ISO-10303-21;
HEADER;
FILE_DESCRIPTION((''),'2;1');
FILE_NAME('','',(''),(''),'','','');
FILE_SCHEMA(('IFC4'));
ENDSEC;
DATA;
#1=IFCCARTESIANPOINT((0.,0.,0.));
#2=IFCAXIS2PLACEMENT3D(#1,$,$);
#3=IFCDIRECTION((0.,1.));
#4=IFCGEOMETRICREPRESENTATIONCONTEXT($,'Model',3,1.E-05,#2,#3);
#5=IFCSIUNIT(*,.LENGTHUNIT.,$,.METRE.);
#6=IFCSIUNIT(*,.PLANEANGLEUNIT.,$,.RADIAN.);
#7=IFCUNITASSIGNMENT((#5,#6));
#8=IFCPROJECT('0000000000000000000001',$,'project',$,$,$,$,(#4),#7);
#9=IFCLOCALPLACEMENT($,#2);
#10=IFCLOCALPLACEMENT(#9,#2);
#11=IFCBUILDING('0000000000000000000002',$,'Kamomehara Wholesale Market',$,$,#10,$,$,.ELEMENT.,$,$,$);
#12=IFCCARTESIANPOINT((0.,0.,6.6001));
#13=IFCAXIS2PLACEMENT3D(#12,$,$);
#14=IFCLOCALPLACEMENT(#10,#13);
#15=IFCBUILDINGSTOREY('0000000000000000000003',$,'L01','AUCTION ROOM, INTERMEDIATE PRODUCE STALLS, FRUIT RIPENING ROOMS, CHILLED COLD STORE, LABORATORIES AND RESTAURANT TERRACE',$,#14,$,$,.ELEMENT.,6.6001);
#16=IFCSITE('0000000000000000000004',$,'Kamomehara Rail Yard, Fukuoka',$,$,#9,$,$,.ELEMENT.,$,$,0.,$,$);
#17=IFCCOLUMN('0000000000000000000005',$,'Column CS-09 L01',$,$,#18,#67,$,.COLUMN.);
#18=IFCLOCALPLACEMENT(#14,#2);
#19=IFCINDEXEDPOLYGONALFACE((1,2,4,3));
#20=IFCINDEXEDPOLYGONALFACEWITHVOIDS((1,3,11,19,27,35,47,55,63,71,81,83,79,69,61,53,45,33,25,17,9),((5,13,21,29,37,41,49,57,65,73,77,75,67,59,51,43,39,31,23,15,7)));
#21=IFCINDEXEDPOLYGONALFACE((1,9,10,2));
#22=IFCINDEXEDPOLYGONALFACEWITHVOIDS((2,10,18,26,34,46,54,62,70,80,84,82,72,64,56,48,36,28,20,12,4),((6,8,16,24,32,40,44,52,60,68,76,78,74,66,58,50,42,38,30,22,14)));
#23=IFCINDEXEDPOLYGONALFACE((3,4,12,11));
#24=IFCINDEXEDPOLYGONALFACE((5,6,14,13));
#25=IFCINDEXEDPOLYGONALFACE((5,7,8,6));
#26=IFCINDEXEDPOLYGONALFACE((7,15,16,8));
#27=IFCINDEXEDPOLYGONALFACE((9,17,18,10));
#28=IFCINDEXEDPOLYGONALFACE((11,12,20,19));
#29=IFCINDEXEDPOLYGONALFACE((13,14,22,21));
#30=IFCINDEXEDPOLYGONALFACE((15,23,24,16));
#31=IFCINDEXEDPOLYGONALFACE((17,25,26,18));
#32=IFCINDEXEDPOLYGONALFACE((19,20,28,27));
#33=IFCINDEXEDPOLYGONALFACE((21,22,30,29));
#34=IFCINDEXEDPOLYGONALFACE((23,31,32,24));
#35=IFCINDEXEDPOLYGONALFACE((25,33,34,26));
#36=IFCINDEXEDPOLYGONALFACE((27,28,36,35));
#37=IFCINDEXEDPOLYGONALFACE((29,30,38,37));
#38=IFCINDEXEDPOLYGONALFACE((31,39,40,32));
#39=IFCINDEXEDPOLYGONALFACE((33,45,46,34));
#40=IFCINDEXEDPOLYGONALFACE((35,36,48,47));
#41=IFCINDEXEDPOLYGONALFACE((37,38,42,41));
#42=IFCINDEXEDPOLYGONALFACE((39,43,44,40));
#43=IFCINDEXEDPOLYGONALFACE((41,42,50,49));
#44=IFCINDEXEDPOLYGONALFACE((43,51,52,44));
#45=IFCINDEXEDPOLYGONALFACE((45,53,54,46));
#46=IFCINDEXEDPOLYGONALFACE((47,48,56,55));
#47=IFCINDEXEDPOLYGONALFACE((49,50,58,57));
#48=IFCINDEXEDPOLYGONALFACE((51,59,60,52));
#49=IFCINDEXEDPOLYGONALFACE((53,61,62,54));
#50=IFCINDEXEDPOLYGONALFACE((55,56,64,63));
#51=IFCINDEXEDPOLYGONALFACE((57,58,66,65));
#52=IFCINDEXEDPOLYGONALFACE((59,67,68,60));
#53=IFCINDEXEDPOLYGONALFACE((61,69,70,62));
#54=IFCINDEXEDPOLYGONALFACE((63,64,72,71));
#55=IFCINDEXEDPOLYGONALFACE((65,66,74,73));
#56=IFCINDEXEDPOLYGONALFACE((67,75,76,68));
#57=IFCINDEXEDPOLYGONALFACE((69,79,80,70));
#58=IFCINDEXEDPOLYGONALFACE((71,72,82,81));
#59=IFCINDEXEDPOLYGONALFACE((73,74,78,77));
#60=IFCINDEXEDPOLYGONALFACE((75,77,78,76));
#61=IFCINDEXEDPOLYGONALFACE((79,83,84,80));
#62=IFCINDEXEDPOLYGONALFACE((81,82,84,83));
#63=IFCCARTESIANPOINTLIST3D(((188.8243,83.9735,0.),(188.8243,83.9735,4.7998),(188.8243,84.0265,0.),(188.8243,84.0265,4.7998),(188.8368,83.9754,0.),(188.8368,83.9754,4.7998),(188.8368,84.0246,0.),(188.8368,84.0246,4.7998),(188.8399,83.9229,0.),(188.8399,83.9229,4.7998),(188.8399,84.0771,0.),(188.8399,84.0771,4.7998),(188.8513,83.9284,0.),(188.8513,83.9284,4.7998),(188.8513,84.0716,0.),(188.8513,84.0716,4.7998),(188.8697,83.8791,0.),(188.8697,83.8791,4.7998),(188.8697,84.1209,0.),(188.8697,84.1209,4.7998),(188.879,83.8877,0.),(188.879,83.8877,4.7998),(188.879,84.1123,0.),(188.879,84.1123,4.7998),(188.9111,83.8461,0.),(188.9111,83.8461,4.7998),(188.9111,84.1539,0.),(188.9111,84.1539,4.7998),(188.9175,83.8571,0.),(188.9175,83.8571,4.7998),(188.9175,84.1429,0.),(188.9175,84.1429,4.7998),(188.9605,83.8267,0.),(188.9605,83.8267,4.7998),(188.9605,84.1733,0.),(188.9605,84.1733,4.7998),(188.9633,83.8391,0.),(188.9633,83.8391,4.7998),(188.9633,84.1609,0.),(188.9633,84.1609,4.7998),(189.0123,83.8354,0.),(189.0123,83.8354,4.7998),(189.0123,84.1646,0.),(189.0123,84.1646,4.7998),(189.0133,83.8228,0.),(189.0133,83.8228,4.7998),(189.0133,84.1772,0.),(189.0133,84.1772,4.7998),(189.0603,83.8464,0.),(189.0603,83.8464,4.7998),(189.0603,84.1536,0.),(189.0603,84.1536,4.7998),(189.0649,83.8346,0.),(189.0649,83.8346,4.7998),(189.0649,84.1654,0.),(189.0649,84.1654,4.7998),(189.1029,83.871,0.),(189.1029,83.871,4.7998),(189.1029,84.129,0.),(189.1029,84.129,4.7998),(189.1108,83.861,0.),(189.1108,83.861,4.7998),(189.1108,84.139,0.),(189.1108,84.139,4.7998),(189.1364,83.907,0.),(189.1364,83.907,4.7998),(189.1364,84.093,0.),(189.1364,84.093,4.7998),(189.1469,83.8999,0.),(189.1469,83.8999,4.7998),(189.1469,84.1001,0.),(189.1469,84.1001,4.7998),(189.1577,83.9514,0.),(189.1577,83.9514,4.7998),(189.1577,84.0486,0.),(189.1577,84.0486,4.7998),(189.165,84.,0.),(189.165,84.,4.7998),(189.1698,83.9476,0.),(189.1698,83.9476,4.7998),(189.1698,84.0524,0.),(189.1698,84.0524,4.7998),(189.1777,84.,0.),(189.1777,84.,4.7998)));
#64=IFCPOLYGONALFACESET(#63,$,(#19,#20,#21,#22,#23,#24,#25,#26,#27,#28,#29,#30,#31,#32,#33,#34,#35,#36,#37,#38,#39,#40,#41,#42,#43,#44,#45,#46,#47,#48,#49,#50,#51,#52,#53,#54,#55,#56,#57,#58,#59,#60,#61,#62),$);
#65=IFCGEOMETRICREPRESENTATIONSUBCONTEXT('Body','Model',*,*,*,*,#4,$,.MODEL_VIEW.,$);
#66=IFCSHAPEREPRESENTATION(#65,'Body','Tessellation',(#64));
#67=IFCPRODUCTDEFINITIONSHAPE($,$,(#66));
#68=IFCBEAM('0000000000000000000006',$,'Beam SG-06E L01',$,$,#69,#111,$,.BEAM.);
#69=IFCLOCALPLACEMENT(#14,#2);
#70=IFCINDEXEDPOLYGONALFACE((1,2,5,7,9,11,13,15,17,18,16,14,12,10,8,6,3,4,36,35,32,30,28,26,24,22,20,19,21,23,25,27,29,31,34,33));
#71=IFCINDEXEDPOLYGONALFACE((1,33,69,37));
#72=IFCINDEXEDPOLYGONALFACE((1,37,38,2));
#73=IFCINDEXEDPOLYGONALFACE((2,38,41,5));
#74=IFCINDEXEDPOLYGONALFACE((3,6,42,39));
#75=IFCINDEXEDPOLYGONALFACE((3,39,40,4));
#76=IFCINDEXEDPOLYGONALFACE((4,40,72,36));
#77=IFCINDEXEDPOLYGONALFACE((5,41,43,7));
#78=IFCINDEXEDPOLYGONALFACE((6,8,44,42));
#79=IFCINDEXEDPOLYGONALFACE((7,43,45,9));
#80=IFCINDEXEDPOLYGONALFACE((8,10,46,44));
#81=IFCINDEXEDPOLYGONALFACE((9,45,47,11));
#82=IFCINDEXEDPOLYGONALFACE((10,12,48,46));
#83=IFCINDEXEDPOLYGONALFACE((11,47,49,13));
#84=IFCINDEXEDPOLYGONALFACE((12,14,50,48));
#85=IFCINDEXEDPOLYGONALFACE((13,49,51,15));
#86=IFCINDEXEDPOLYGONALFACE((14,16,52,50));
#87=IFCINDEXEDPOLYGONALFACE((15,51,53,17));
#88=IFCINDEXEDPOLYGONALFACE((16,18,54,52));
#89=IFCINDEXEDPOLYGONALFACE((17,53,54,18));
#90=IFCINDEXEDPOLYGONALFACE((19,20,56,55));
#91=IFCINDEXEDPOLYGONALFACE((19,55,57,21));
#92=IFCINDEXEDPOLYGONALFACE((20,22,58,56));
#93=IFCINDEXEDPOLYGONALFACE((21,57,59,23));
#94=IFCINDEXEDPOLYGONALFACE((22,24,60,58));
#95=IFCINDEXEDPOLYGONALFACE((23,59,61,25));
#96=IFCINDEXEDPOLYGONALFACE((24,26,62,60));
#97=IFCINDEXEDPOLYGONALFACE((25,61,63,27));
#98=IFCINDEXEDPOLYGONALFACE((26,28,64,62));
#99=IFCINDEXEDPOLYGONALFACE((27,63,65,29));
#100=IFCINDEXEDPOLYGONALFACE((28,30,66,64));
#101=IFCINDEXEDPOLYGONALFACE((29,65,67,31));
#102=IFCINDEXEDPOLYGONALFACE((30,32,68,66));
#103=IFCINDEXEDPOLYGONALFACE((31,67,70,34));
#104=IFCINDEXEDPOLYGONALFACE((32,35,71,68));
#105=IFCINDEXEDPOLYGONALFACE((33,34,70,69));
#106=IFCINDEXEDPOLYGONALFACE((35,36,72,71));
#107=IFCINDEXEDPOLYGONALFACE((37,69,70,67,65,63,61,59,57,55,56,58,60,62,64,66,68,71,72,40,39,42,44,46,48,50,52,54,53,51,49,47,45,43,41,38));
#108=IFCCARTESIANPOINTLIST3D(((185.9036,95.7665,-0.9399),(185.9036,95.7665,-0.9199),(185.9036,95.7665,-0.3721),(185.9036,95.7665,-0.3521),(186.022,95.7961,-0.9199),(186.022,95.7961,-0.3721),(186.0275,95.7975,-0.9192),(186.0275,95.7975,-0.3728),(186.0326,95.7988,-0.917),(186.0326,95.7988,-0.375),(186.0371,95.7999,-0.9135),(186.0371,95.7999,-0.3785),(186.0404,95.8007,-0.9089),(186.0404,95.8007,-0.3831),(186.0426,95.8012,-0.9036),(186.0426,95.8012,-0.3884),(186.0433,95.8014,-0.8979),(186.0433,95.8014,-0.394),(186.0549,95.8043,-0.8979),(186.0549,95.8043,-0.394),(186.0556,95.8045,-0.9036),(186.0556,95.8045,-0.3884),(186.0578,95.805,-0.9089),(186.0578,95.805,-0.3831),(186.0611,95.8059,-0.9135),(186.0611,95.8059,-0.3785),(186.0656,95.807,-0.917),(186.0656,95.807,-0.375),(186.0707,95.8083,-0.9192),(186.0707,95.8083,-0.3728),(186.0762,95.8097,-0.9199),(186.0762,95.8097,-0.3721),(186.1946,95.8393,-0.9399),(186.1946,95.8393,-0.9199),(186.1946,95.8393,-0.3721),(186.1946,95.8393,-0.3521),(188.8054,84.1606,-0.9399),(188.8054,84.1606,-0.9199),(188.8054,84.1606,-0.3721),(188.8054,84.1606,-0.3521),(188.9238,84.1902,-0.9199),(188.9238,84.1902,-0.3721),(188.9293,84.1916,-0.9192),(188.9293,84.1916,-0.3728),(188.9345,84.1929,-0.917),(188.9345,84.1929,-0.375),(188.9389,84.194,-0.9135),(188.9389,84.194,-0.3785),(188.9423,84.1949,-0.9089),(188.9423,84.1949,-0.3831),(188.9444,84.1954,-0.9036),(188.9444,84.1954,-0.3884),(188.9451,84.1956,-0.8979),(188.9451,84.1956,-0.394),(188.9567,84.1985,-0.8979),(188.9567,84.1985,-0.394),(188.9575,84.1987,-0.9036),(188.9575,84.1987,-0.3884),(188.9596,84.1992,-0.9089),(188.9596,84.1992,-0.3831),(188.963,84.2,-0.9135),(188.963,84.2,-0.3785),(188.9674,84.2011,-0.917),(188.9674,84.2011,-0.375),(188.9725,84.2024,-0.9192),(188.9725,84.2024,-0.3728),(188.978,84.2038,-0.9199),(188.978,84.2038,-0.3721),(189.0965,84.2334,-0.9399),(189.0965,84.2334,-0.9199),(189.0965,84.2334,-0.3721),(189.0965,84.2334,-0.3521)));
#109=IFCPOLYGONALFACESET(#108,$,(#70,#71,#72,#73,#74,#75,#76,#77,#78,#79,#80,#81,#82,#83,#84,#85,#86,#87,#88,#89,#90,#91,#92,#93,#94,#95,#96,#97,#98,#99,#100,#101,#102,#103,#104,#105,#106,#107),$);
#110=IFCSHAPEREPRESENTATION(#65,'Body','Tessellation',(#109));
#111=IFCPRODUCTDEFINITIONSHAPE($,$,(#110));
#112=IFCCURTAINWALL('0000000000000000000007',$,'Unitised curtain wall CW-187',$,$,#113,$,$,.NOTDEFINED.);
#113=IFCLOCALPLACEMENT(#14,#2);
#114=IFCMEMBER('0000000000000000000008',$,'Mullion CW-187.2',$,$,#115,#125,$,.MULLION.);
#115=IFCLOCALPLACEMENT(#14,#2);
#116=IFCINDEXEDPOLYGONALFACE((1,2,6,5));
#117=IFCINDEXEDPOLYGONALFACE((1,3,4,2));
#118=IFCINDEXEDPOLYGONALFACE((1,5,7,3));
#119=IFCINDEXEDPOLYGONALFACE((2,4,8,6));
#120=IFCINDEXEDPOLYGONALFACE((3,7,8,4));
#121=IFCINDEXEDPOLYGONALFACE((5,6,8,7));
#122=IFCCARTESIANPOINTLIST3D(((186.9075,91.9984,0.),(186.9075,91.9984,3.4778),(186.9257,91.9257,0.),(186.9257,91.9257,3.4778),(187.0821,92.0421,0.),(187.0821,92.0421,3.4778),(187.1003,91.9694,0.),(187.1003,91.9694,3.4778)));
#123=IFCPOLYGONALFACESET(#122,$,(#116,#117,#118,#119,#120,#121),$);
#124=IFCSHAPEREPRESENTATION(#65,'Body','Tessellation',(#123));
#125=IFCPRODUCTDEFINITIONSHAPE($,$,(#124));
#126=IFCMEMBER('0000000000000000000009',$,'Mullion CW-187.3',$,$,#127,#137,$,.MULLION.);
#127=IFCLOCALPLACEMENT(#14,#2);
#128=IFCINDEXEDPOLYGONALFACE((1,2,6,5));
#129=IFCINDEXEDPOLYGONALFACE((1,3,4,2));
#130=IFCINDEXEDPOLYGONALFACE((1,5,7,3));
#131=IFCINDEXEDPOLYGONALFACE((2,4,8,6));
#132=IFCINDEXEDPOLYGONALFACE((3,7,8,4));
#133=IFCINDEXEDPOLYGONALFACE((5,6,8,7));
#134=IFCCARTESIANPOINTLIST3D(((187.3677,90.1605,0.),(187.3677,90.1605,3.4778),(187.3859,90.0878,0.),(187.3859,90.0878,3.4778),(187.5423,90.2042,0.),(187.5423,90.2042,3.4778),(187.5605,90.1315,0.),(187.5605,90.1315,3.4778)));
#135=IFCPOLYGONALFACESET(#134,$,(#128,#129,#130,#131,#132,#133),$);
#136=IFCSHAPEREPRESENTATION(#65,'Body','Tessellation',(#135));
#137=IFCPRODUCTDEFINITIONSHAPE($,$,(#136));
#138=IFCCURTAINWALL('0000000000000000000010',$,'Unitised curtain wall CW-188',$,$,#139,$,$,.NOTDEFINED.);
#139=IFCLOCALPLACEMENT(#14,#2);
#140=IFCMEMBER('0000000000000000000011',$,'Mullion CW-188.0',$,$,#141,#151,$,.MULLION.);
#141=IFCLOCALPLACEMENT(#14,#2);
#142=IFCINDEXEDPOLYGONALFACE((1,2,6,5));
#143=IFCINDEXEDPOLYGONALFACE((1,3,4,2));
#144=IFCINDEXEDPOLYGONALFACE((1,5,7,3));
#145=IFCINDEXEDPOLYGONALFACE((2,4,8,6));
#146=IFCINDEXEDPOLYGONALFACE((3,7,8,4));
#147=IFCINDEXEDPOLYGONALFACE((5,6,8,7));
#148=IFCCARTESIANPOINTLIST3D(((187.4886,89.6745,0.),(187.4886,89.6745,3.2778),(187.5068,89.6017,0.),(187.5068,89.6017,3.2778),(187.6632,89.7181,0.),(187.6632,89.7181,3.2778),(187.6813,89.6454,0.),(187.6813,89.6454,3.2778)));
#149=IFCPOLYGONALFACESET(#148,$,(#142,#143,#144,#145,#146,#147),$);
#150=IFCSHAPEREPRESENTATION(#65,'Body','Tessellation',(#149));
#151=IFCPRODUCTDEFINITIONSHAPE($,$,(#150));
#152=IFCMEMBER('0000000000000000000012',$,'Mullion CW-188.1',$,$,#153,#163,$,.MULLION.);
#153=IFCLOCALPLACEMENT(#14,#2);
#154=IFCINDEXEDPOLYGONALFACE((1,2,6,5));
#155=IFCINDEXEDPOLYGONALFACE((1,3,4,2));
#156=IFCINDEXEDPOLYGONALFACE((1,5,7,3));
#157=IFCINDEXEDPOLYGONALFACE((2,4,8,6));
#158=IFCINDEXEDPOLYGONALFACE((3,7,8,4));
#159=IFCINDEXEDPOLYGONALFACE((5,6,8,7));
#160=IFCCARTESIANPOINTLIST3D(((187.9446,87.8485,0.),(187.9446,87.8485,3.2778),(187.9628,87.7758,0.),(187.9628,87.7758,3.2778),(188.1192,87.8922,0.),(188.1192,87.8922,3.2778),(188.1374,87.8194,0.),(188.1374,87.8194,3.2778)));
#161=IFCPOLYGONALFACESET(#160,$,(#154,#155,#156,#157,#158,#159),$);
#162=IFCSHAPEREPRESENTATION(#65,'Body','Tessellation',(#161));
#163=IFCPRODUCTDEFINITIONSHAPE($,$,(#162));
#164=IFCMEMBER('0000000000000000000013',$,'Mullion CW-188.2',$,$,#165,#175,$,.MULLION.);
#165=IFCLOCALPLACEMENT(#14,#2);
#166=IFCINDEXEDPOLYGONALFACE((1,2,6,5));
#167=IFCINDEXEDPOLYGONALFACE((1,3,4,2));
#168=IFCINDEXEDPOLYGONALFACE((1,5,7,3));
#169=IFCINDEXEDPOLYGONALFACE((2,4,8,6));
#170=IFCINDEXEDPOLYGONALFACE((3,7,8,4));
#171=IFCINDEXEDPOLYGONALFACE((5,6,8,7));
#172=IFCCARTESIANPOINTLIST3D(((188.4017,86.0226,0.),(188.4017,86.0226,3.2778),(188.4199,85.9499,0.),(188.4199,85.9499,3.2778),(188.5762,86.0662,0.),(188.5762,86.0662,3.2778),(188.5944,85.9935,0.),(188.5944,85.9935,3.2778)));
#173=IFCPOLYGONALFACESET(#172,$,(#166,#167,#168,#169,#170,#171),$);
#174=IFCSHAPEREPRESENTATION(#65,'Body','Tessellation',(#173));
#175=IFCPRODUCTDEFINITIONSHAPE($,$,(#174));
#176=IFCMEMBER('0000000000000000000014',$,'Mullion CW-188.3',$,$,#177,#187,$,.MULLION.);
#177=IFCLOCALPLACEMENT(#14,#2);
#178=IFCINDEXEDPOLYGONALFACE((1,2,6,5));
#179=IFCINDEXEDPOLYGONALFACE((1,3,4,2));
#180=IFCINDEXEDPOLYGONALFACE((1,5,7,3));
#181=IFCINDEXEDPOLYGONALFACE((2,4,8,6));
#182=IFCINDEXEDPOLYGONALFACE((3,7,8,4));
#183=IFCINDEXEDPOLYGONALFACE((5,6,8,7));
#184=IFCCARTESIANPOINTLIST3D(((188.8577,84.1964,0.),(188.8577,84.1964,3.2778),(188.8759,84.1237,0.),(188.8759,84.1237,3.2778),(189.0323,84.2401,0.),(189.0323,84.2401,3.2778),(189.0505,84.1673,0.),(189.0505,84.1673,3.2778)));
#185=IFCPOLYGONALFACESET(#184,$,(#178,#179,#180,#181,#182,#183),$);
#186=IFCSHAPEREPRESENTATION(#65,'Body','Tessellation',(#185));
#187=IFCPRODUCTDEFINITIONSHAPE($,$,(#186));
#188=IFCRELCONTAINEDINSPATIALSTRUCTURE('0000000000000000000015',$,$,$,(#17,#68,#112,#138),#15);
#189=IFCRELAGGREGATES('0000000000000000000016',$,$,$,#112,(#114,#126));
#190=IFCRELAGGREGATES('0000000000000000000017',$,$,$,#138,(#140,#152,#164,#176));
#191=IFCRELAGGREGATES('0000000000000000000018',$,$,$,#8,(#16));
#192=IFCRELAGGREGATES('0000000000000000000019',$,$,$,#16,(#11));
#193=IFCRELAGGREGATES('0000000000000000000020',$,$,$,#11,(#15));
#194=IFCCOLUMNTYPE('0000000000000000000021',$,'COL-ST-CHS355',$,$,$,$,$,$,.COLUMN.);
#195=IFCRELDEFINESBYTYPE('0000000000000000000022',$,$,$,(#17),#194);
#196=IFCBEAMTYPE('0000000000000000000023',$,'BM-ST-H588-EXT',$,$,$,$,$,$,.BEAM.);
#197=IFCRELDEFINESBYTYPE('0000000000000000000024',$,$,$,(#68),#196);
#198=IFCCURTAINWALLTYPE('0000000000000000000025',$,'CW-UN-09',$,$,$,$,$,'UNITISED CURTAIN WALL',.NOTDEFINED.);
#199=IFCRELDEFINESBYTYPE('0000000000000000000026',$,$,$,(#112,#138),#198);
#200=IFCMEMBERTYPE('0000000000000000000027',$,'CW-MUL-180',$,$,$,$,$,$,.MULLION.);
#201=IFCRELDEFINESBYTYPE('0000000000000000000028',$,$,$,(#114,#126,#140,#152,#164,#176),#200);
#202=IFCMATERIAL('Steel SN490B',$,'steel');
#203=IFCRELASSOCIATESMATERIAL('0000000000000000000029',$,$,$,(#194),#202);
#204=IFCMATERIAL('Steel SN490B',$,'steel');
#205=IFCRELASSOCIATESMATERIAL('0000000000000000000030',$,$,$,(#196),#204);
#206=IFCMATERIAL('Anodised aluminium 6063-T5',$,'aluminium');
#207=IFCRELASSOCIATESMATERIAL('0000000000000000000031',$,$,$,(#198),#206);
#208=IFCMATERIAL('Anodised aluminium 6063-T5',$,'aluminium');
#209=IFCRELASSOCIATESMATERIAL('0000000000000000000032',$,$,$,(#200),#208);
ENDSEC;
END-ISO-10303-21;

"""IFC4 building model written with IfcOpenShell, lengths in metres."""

from ifc_helpers import new_model, si_unit, direction, frame, origin, origin_2d, place, context, subcontext, project, spatial, rectangle, hollow_circle, i_section, extrude, material, material_profile, profile_set, type_object, element, aggregate, save


model = new_model("IFC4")

# Units and contexts
model_context = context("Model", 3, precision=1e-05, world=origin(), true_north=direction((0.0, 1.0)))
body_context = subcontext(model_context, "Body", "Model", "MODEL_VIEW")
ifc_project = project(units=[si_unit("LENGTHUNIT", "METRE"), si_unit("PLANEANGLEUNIT", "RADIAN")], contexts=[model_context])

# Site, building, storey
site_placement = place(None, origin())
site = spatial("IfcSite", under=ifc_project, at=site_placement, Name="Kamomehara Rail Yard, Fukuoka", CompositionType="ELEMENT", RefElevation=0.0)
building_placement = place(site_placement, origin())
building = spatial("IfcBuilding", under=site, at=building_placement, Name="Kamomehara Wholesale Market", CompositionType="ELEMENT")
storey_placement = place(building_placement, frame((0.0, 0.0, 6.6001)))
storey = spatial("IfcBuildingStorey", under=building, at=storey_placement, Name="L01", Description="AUCTION ROOM, INTERMEDIATE PRODUCE STALLS, FRUIT RIPENING ROOMS, CHILLED COLD STORE, LABORATORIES AND RESTAURANT TERRACE", CompositionType="ELEMENT", Elevation=6.6001)

# Column
ifc_material_1 = material(Name="Steel SN490B", Category="steel")
ifc_material_profile_1 = material_profile(ifc_material_1, hollow_circle(Radius=0.1777, WallThickness=0.0127, at=origin_2d()), Name="CHS-355.6x12.7")
ifc_profile_set_1 = profile_set([ifc_material_profile_1], Name="Steel SN490B")
column_type = type_object("IfcColumnType", Name="COL-ST-CHS355", PredefinedType="COLUMN", material=ifc_profile_set_1)
column_placement = place(storey_placement, frame((189.0, 84.0, 0.0), z_axis=(0.0, 0.0, 1.0), x_axis=(1.0, 0.0, 0.0)))
element("IfcColumn", 1, at=column_placement, inside=storey, type_object=column_type, Name="Column CS-09 L01", PredefinedType="COLUMN", context=body_context, shape_type="SweptSolid", body=[
    extrude(hollow_circle(Radius=0.1777, WallThickness=0.0127, at=origin_2d()), origin(), (0.0, 0.0, 1.0), 4.7998),
])

# Beam
ifc_material_2 = material(Name="Steel SN490B", Category="steel")
ifc_material_profile_2 = material_profile(ifc_material_2, i_section(OverallWidth=0.3, OverallDepth=0.5879, WebThickness=0.012, FlangeThickness=0.02, FilletRadius=0.022, at=origin_2d()), Name="H-588x300x12x20")
ifc_profile_set_2 = profile_set([ifc_material_profile_2], Name="Steel SN490B")
beam_type = type_object("IfcBeamType", Name="BM-ST-H588-EXT", PredefinedType="BEAM", material=ifc_profile_set_2)
beam_placement = place(storey_placement, frame((188.9509, 84.197, -0.646), z_axis=(-0.242564, 0.970135, 0.0), x_axis=(-0.970135, -0.242564, 0.0)))
element("IfcBeam", 2, at=beam_placement, inside=storey, type_object=beam_type, Name="Beam SG-06E L01", PredefinedType="BEAM", context=body_context, shape_type="SweptSolid", body=[
    extrude(i_section(OverallWidth=0.3, OverallDepth=0.5879, WebThickness=0.012, FlangeThickness=0.02, FilletRadius=0.022, at=origin_2d()), origin(), (0.0, 0.0, 1.0), 11.9631),
])

# Curtain walls, members
ifc_material_3 = material(Name="Anodised aluminium 6063-T5", Category="aluminium")
curtain_wall_type = type_object("IfcCurtainWallType", Name="CW-UN-09", ElementType="UNITISED CURTAIN WALL", PredefinedType="NOTDEFINED", material=ifc_material_3)
curtain_wall_1_placement = place(storey_placement, origin())
curtain_wall_1 = element("IfcCurtainWall", 3, at=curtain_wall_1_placement, inside=storey, type_object=curtain_wall_type, Name="Unitised curtain wall CW-187", PredefinedType="NOTDEFINED")
ifc_material_4 = material(Name="Anodised aluminium 6063-T5", Category="aluminium")
ifc_material_profile_3 = material_profile(ifc_material_4, rectangle(XDim=0.075, YDim=0.1799, at=origin_2d()), Name="ALU-MUL-75x180")
ifc_profile_set_3 = profile_set([ifc_material_profile_3], Name="Anodised aluminium 6063-T5")
member_type_1 = type_object("IfcMemberType", Name="CW-MUL-180", PredefinedType="MULLION", material=ifc_profile_set_3)
member_1_placement = place(storey_placement, frame((187.0039, 91.9839, 0.0), z_axis=(0.0, 0.0, 1.0), x_axis=(0.242618, -0.970122, 0.0)))
member_1 = element("IfcMember", 4, at=member_1_placement, type_object=member_type_1, Name="Mullion CW-187.2", PredefinedType="MULLION", context=body_context, shape_type="SweptSolid", body=[
    extrude(rectangle(XDim=0.075, YDim=0.1799, at=origin_2d()), origin(), (0.0, 0.0, 1.0), 3.4778),
])
member_2_placement = place(storey_placement, frame((187.4641, 90.146, 0.0), z_axis=(0.0, 0.0, 1.0), x_axis=(0.242618, -0.970122, 0.0)))
member_2 = element("IfcMember", 5, at=member_2_placement, type_object=member_type_1, Name="Mullion CW-187.3", PredefinedType="MULLION", context=body_context, shape_type="SweptSolid", body=[
    extrude(rectangle(XDim=0.075, YDim=0.1799, at=origin_2d()), origin(), (0.0, 0.0, 1.0), 3.4778),
])
curtain_wall_2_placement = place(storey_placement, origin())
curtain_wall_2 = element("IfcCurtainWall", 6, at=curtain_wall_2_placement, inside=storey, type_object=curtain_wall_type, Name="Unitised curtain wall CW-188", PredefinedType="NOTDEFINED")
member_3_placement = place(storey_placement, frame((187.585, 89.6599, 0.0), z_axis=(0.0, 0.0, 1.0), x_axis=(0.242452, -0.970163, 0.0)))
member_3 = element("IfcMember", 7, at=member_3_placement, type_object=member_type_1, Name="Mullion CW-188.0", PredefinedType="MULLION", context=body_context, shape_type="SweptSolid", body=[
    extrude(rectangle(XDim=0.075, YDim=0.1799, at=origin_2d()), origin(), (0.0, 0.0, 1.0), 3.2778),
])
member_4_placement = place(storey_placement, frame((188.041, 87.834, 0.0), z_axis=(0.0, 0.0, 1.0), x_axis=(0.242452, -0.970163, 0.0)))
member_4 = element("IfcMember", 8, at=member_4_placement, type_object=member_type_1, Name="Mullion CW-188.1", PredefinedType="MULLION", context=body_context, shape_type="SweptSolid", body=[
    extrude(rectangle(XDim=0.075, YDim=0.1799, at=origin_2d()), origin(), (0.0, 0.0, 1.0), 3.2778),
])
member_5_placement = place(storey_placement, frame((188.498, 86.0081, 0.0), z_axis=(0.0, 0.0, 1.0), x_axis=(0.242452, -0.970163, 0.0)))
member_5 = element("IfcMember", 9, at=member_5_placement, type_object=member_type_1, Name="Mullion CW-188.2", PredefinedType="MULLION", context=body_context, shape_type="SweptSolid", body=[
    extrude(rectangle(XDim=0.075, YDim=0.1799, at=origin_2d()), origin(), (0.0, 0.0, 1.0), 3.2778),
])
member_6_placement = place(storey_placement, frame((188.9541, 84.1819, 0.0), z_axis=(0.0, 0.0, 1.0), x_axis=(0.242452, -0.970163, 0.0)))
member_6 = element("IfcMember", 10, at=member_6_placement, type_object=member_type_1, Name="Mullion CW-188.3", PredefinedType="MULLION", context=body_context, shape_type="SweptSolid", body=[
    extrude(rectangle(XDim=0.075, YDim=0.1799, at=origin_2d()), origin(), (0.0, 0.0, 1.0), 3.2778),
])

aggregate(curtain_wall_1, [member_1, member_2])
aggregate(curtain_wall_2, [member_3, member_4, member_5, member_6])

save(model, "model.ifc")
